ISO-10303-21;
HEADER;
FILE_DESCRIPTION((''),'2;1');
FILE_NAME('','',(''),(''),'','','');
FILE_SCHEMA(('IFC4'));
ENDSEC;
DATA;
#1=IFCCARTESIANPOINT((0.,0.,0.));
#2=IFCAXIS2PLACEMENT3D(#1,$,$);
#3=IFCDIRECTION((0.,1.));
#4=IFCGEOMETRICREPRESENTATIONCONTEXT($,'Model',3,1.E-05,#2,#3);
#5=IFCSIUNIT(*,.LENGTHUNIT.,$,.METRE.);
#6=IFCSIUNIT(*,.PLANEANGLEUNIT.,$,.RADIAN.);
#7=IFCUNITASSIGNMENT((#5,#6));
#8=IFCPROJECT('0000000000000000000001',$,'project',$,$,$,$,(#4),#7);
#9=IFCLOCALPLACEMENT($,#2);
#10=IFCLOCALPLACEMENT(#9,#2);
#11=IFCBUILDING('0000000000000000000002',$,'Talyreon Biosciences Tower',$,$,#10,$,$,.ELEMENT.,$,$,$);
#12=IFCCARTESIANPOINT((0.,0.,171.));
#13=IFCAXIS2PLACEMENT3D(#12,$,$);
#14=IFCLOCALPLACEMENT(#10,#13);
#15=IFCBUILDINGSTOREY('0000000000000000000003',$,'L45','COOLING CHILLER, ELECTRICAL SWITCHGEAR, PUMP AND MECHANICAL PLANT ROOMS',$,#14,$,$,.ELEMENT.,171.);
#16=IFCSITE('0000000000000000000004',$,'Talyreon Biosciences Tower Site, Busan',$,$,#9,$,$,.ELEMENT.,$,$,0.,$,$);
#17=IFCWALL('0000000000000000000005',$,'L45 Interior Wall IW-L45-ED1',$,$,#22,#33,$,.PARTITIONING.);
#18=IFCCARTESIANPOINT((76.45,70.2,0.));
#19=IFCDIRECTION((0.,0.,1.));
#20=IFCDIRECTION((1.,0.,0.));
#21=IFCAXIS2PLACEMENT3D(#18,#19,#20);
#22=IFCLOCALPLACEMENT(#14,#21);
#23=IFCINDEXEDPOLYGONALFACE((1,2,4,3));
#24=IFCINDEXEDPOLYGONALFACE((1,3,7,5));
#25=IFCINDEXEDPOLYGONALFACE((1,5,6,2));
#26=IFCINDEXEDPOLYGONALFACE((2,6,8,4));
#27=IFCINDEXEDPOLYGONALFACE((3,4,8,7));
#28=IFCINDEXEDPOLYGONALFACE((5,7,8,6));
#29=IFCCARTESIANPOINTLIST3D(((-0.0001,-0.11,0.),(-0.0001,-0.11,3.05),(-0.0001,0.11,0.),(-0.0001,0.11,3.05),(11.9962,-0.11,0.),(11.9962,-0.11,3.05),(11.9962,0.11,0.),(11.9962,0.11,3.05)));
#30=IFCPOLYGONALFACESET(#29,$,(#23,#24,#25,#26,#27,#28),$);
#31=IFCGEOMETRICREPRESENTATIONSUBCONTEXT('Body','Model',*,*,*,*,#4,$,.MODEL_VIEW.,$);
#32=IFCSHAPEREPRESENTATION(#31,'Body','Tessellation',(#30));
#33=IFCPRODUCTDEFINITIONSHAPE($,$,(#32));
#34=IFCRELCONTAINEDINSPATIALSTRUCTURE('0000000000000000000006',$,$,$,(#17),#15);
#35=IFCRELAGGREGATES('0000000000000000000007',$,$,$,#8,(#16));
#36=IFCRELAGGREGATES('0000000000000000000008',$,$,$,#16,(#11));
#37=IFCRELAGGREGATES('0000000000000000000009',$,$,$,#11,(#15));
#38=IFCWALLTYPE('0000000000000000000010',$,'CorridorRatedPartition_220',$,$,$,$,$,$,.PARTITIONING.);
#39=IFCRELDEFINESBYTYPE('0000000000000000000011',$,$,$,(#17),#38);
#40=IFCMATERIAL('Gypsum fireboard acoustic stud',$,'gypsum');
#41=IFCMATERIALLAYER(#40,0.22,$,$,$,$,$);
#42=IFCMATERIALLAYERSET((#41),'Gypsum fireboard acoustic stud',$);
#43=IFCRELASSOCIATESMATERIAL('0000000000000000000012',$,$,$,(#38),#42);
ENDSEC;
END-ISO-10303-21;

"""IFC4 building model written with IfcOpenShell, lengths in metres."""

from ifc_helpers import new_model, si_unit, direction, frame, frame_2d, origin, place, context, subcontext, project, spatial, rectangle, extrude, material, layer, layer_set, type_object, element, save


model = new_model("IFC4")

# Units and contexts
model_context = context("Model", 3, precision=1e-05, world=origin(), true_north=direction((0.0, 1.0)))
body_context = subcontext(model_context, "Body", "Model", "MODEL_VIEW")
ifc_project = project(units=[si_unit("LENGTHUNIT", "METRE"), si_unit("PLANEANGLEUNIT", "RADIAN")], contexts=[model_context])

# Site, building, storey
site_placement = place(None, origin())
site = spatial("IfcSite", under=ifc_project, at=site_placement, Name="Talyreon Biosciences Tower Site, Busan", CompositionType="ELEMENT", RefElevation=0.0)
building_placement = place(site_placement, origin())
building = spatial("IfcBuilding", under=site, at=building_placement, Name="Talyreon Biosciences Tower", CompositionType="ELEMENT")
storey_placement = place(building_placement, frame((0.0, 0.0, 171.0)))
storey = spatial("IfcBuildingStorey", under=building, at=storey_placement, Name="L45", Description="COOLING CHILLER, ELECTRICAL SWITCHGEAR, PUMP AND MECHANICAL PLANT ROOMS", CompositionType="ELEMENT", Elevation=171.0)

# Wall
ifc_material_1 = material(Name="Gypsum fireboard acoustic stud", Category="gypsum")
ifc_layer_1 = layer(ifc_material_1, 0.22)
ifc_layer_set_1 = layer_set([ifc_layer_1], Name="Gypsum fireboard acoustic stud")
wall_type_1 = type_object("IfcWallType", Name="CorridorRatedPartition_220", PredefinedType="PARTITIONING", material=ifc_layer_set_1)
wall_1_placement = place(storey_placement, frame((76.45, 70.2, 0.0), z_axis=(0.0, 0.0, 1.0), x_axis=(1.0, 0.0, 0.0)))
element("IfcWall", 1, at=wall_1_placement, inside=storey, type_object=wall_type_1, Name="L45 Interior Wall IW-L45-ED1", PredefinedType="PARTITIONING", context=body_context, shape_type="SweptSolid", body=[
    extrude(rectangle(XDim=11.9963, YDim=0.22, at=frame_2d((5.998, 0.0))), origin(), (0.0, 0.0, 1.0), 3.05),
])

save(model, "model.ifc")
